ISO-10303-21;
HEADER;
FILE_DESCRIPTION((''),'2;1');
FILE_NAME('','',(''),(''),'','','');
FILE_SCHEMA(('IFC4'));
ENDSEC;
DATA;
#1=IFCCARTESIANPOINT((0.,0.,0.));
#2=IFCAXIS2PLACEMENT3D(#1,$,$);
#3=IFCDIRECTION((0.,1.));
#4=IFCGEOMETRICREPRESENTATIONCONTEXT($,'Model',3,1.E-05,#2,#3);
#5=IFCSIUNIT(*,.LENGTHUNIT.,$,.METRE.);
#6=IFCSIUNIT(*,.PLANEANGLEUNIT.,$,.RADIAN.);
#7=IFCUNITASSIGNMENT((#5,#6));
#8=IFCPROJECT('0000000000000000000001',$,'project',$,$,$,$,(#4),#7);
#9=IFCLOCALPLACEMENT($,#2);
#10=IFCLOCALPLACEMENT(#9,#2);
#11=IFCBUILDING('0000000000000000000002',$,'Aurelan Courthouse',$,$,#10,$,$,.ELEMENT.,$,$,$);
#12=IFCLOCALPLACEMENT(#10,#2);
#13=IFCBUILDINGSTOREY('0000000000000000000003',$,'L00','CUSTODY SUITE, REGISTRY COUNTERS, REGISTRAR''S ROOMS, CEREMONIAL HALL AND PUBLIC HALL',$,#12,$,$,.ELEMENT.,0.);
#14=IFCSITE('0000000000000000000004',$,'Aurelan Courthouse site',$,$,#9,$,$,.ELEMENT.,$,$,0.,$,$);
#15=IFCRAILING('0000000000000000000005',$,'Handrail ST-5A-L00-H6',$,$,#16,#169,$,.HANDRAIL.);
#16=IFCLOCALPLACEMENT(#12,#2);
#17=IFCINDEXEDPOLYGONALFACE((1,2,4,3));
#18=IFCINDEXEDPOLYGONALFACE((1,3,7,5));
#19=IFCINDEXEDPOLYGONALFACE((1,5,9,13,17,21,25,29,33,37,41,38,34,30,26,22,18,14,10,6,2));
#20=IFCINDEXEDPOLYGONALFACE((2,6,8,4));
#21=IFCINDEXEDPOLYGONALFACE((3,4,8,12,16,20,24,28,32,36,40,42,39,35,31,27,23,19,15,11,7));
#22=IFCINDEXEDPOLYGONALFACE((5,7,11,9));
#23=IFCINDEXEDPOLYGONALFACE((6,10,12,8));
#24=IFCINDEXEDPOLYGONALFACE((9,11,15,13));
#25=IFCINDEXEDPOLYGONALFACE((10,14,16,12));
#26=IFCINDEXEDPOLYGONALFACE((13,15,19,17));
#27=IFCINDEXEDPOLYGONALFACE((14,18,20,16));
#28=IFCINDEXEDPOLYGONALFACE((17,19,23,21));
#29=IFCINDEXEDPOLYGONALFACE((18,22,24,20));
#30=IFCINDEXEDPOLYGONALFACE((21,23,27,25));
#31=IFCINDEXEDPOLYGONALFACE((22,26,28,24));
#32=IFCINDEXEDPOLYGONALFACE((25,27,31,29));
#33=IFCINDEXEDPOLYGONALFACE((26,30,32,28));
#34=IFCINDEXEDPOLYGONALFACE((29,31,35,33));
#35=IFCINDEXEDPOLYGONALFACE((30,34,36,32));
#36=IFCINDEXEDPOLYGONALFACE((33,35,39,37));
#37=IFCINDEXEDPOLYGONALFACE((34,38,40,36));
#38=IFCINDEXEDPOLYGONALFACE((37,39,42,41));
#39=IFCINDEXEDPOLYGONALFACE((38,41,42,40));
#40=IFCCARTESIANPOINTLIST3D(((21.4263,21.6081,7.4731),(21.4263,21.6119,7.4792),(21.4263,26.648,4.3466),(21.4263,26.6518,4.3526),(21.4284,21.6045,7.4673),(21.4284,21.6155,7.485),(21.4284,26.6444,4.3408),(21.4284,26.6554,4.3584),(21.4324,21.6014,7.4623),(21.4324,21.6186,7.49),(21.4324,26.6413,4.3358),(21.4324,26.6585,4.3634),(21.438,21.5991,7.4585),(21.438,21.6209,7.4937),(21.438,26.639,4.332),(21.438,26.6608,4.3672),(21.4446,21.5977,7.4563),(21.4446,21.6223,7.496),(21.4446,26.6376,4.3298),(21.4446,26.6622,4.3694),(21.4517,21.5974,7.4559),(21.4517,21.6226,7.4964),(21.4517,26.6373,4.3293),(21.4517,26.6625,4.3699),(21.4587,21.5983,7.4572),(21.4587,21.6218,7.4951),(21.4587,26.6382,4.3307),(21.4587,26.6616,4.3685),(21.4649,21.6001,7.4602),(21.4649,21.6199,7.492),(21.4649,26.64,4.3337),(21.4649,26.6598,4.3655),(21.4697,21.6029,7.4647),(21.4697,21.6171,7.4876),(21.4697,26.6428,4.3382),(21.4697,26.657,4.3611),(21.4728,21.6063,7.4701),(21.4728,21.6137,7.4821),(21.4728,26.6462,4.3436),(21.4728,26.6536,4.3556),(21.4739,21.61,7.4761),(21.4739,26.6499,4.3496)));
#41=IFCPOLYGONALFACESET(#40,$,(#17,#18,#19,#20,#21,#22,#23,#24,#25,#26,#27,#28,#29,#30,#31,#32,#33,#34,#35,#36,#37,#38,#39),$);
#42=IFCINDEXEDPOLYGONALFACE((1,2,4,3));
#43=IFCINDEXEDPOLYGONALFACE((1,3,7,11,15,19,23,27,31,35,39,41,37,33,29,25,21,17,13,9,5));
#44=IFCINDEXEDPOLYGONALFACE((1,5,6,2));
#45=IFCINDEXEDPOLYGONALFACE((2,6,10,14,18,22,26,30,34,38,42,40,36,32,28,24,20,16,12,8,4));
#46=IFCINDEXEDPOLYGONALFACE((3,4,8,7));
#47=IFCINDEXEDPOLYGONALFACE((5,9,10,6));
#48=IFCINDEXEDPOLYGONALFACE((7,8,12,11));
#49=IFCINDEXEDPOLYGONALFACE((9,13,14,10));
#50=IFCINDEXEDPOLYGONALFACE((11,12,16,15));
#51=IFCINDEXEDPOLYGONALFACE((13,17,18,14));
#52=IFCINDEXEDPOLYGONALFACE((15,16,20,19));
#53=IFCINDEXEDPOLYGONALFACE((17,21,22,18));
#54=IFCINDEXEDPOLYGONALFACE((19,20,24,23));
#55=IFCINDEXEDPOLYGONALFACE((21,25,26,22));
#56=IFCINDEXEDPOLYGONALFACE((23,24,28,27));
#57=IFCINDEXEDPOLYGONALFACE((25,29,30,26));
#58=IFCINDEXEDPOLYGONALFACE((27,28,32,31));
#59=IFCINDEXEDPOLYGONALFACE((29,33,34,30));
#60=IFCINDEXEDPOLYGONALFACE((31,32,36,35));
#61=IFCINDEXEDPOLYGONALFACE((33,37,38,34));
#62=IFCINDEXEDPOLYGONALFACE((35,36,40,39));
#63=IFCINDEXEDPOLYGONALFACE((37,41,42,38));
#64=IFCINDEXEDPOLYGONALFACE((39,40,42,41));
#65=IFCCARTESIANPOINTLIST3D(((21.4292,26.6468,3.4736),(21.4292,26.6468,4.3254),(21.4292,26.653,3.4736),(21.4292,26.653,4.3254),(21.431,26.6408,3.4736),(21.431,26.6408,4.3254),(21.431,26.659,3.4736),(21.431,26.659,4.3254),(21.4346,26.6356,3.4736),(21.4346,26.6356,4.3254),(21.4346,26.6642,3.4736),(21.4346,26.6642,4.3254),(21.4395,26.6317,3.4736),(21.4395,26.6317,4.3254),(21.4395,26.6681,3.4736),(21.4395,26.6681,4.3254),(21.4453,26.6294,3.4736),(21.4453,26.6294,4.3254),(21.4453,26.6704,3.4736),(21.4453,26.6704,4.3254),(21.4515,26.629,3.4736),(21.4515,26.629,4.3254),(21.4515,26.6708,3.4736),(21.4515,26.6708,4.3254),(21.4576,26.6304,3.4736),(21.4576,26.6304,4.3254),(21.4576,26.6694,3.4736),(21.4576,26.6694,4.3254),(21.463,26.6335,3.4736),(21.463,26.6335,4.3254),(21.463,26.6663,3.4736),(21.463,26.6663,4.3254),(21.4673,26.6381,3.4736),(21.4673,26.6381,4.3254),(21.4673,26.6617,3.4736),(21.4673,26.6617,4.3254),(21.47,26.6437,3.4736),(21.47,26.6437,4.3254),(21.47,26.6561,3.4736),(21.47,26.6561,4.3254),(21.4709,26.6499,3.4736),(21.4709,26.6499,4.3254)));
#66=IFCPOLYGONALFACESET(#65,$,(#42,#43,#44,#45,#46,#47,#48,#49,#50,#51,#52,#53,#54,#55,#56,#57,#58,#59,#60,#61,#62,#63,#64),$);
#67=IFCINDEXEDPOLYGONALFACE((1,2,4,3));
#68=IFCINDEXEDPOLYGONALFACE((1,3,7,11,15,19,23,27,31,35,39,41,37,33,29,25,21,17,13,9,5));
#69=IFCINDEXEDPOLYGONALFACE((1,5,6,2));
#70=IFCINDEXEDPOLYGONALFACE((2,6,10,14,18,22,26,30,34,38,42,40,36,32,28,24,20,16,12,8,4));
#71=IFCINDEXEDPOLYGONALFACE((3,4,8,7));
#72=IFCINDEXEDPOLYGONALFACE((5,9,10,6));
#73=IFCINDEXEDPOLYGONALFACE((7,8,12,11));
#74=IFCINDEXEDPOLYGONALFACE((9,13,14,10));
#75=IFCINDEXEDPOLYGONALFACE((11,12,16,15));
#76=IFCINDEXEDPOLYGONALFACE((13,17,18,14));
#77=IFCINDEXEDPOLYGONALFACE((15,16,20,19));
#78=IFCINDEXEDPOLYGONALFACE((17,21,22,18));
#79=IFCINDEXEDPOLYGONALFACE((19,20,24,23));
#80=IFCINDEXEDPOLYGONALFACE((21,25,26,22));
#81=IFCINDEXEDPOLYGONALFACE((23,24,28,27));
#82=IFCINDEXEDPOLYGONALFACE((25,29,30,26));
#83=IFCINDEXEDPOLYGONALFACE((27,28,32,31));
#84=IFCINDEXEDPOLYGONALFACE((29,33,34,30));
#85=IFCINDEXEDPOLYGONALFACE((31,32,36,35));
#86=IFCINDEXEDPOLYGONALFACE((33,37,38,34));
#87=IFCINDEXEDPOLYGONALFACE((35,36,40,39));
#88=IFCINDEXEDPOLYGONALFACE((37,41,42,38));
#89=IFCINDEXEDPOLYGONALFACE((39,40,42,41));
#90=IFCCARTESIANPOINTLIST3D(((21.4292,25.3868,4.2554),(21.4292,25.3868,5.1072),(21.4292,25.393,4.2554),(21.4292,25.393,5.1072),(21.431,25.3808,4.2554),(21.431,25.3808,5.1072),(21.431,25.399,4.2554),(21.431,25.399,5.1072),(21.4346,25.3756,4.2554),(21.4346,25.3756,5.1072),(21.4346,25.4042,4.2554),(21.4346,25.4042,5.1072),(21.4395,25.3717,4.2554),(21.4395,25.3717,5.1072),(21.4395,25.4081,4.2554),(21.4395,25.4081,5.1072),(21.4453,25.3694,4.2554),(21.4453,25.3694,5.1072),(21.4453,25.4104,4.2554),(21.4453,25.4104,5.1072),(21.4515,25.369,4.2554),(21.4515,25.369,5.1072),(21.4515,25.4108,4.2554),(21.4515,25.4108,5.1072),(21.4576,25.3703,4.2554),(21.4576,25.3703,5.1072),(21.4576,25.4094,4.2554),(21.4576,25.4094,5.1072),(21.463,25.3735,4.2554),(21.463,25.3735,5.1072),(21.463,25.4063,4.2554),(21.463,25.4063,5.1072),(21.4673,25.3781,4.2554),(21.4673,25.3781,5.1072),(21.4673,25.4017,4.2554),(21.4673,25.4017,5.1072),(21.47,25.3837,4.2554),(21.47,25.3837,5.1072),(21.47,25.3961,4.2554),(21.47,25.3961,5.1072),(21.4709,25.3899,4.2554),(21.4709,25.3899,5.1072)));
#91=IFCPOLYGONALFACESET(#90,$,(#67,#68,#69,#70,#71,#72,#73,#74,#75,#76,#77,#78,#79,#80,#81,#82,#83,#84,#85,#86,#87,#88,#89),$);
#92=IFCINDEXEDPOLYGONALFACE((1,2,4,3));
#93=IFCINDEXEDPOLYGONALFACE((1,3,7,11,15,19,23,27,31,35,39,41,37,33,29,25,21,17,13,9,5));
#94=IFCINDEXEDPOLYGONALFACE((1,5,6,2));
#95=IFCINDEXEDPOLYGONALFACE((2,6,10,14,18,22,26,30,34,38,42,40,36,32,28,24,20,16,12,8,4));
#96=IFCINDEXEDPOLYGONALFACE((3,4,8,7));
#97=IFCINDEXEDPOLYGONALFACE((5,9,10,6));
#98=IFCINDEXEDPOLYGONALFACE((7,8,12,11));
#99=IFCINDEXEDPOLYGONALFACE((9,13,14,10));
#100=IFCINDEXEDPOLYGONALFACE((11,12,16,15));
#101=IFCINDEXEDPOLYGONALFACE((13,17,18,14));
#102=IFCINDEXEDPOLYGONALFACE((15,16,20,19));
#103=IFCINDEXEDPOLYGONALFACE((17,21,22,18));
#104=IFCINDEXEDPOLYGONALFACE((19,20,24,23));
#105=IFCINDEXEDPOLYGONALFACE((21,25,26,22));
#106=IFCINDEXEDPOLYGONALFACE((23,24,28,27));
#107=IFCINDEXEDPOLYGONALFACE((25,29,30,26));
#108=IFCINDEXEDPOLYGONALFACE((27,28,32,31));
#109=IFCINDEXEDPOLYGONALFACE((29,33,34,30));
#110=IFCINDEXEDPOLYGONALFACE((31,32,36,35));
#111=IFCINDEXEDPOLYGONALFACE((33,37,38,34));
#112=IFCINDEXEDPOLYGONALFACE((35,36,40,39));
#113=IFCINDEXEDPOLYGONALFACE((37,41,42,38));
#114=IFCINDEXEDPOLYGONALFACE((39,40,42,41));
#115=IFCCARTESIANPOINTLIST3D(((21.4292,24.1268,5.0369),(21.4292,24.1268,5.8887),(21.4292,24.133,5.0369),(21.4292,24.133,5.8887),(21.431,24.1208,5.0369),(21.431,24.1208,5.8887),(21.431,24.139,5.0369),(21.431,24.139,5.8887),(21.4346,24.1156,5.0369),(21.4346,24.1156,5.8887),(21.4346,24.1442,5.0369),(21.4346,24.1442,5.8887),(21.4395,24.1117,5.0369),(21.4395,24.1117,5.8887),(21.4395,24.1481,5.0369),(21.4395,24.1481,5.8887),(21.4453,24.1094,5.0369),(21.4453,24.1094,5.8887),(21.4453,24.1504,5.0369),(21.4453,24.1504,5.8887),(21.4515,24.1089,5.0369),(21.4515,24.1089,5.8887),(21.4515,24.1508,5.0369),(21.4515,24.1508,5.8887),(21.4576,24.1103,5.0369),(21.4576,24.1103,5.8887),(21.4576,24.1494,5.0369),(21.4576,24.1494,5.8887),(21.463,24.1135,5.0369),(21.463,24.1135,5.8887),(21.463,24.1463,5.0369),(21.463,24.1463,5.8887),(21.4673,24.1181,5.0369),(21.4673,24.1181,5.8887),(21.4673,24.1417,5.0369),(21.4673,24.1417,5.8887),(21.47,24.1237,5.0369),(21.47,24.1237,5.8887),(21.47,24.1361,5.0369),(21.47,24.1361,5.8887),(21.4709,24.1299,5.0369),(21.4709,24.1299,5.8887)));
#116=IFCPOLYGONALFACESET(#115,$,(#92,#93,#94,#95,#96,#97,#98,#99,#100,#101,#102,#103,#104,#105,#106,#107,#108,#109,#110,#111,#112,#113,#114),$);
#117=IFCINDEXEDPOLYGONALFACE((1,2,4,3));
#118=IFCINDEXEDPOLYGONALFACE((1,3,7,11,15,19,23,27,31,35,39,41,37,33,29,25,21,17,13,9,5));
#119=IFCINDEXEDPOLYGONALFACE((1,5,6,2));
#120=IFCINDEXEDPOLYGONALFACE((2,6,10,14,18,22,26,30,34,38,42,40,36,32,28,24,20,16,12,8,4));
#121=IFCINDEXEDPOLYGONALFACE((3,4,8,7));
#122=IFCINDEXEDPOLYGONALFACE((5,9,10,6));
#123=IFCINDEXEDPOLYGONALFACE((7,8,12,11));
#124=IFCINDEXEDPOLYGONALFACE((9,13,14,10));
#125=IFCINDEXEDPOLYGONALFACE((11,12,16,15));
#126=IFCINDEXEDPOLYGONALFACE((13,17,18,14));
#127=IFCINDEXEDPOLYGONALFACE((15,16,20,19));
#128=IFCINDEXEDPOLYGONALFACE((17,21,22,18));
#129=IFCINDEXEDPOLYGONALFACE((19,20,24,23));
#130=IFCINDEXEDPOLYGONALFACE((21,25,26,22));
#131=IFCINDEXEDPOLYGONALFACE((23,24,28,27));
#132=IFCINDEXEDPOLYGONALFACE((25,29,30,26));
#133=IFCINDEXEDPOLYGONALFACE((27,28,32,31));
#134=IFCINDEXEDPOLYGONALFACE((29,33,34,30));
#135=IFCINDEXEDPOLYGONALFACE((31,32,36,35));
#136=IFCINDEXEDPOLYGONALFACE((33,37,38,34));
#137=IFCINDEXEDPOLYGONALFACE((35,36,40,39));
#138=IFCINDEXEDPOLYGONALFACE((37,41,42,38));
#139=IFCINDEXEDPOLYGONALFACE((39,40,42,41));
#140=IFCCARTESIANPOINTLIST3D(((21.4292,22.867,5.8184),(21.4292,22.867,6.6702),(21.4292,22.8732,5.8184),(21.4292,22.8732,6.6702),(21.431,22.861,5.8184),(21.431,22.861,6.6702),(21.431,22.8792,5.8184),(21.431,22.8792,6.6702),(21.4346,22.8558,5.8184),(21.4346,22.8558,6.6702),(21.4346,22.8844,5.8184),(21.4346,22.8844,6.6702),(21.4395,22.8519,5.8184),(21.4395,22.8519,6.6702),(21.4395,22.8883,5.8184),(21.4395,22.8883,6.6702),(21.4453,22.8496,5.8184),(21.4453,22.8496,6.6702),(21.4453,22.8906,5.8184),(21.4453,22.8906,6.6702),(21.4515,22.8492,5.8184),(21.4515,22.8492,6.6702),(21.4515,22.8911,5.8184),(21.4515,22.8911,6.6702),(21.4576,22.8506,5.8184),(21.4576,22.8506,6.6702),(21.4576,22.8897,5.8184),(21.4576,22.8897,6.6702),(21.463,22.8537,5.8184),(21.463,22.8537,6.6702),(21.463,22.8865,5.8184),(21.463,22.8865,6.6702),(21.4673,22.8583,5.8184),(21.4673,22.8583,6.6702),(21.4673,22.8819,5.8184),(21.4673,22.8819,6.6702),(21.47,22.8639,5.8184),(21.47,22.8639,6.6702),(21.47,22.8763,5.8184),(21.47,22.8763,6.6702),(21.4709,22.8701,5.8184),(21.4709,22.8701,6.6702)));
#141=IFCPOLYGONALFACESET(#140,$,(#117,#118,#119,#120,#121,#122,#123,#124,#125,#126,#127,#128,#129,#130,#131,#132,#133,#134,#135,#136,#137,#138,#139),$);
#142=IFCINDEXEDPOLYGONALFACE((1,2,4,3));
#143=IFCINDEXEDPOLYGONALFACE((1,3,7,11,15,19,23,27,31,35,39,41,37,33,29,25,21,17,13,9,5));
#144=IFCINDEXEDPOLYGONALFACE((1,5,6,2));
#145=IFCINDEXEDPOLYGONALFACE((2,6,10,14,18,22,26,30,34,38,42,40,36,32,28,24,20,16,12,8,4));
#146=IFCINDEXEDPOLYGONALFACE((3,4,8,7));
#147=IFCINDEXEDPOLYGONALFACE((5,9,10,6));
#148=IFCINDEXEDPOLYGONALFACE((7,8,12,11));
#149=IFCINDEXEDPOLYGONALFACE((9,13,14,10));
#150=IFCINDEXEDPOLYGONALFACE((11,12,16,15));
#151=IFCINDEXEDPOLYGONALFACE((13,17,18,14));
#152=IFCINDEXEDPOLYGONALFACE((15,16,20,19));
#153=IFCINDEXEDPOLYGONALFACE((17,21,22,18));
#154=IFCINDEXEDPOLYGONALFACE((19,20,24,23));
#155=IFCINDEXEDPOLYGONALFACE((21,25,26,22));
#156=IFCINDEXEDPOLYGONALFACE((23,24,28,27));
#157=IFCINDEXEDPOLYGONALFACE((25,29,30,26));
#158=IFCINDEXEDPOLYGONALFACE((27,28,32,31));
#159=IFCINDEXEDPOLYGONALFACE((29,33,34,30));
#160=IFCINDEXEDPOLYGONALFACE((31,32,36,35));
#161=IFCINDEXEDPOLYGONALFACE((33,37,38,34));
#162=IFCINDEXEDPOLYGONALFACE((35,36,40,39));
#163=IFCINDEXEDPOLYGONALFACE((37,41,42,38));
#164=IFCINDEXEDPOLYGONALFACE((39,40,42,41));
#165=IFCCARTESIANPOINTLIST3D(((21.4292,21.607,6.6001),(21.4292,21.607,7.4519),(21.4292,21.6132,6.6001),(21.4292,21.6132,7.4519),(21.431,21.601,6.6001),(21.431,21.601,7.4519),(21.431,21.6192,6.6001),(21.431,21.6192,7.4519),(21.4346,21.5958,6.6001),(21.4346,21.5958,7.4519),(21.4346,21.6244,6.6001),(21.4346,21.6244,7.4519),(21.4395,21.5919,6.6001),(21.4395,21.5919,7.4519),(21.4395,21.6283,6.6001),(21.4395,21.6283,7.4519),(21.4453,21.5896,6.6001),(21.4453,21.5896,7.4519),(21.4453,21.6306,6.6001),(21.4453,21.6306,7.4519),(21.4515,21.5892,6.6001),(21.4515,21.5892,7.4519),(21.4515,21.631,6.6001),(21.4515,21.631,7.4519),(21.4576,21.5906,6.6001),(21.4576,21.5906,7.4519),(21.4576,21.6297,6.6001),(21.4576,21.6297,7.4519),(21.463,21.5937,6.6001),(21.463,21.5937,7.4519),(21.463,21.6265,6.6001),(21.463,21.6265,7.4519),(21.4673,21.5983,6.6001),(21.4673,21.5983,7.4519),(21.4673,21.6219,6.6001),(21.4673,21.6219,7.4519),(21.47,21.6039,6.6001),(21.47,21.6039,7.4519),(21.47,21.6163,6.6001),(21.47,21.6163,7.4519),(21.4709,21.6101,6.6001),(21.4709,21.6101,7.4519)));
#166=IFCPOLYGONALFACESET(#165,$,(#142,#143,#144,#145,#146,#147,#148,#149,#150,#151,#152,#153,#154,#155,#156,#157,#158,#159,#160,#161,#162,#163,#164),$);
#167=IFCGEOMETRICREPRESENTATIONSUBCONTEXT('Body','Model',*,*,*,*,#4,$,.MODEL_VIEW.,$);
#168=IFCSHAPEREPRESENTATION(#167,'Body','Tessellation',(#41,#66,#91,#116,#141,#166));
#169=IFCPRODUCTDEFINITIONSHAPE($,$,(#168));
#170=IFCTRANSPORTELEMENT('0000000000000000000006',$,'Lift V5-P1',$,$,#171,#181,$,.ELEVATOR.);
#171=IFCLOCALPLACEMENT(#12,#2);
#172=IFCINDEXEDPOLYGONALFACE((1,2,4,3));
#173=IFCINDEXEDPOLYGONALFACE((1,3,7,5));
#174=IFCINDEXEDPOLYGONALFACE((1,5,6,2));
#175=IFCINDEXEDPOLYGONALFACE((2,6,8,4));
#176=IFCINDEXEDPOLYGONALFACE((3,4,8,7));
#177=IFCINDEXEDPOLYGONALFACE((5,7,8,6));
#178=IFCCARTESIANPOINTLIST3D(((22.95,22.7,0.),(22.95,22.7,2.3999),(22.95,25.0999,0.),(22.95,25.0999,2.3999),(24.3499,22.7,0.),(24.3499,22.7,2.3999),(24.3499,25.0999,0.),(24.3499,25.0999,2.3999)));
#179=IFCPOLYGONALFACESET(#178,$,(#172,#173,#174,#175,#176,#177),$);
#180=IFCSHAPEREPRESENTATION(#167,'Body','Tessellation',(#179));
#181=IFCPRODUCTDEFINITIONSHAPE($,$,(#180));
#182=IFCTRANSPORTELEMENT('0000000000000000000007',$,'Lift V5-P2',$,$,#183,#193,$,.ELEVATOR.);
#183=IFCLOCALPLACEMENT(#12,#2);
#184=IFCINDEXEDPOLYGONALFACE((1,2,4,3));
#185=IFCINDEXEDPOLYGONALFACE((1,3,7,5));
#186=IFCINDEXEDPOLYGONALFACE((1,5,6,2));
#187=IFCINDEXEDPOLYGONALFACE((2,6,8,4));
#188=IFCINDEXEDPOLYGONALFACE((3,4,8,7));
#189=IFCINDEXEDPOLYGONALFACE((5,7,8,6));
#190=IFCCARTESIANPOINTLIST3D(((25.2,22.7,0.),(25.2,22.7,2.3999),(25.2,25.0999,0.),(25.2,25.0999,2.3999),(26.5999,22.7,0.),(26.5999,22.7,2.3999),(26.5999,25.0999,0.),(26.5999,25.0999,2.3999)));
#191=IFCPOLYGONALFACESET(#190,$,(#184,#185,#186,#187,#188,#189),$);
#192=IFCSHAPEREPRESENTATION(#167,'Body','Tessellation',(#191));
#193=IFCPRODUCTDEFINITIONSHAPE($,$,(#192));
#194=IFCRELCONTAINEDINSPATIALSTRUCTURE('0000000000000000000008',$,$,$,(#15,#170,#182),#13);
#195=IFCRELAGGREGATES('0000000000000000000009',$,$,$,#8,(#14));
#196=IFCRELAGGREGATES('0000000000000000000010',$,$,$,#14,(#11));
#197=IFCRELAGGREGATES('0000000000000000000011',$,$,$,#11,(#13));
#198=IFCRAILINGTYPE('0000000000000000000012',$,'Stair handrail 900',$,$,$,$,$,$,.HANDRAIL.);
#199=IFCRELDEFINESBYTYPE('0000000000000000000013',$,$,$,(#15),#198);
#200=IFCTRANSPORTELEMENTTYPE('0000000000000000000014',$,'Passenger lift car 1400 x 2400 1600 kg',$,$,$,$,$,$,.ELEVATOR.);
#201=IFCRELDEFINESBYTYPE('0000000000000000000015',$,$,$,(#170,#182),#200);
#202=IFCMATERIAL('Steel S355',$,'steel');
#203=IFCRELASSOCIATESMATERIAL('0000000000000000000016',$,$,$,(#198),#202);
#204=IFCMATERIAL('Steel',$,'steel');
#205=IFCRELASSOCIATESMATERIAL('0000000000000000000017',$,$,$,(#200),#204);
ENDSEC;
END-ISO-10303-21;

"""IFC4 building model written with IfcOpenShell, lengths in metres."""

from ifc_helpers import new_model, si_unit, direction, frame, origin, origin_2d, place, context, subcontext, project, spatial, rectangle, circle, extrude, material, type_object, element, save


model = new_model("IFC4")

# Units and contexts
model_context = context("Model", 3, precision=1e-05, world=origin(), true_north=direction((0.0, 1.0)))
body_context = subcontext(model_context, "Body", "Model", "MODEL_VIEW")
ifc_project = project(units=[si_unit("LENGTHUNIT", "METRE"), si_unit("PLANEANGLEUNIT", "RADIAN")], contexts=[model_context])

# Site, building, storey
site_placement = place(None, origin())
site = spatial("IfcSite", under=ifc_project, at=site_placement, Name="Aurelan Courthouse site", CompositionType="ELEMENT", RefElevation=0.0)
building_placement = place(site_placement, origin())
building = spatial("IfcBuilding", under=site, at=building_placement, Name="Aurelan Courthouse", CompositionType="ELEMENT")
storey_placement = place(building_placement, origin())
storey = spatial("IfcBuildingStorey", under=building, at=storey_placement, Name="L00", Description="CUSTODY SUITE, REGISTRY COUNTERS, REGISTRAR'S ROOMS, CEREMONIAL HALL AND PUBLIC HALL", CompositionType="ELEMENT", Elevation=0.0)

# Shared definitions
ifc_material_1 = material(Name="Steel", Category="steel")

# Railing
ifc_material_2 = material(Name="Steel S355", Category="steel")
railing_type_1 = type_object("IfcRailingType", Name="Stair handrail 900", PredefinedType="HANDRAIL", material=ifc_material_2)
for number, where, name in (
    (1, (21.45, 26.6499, 3.4736), "Handrail ST-5A-L00-H6"),
):
    element("IfcRailing", number, at=place(storey_placement, frame(where)), inside=storey, type_object=railing_type_1, Name=name, PredefinedType="HANDRAIL", context=body_context, shape_type="SweptSolid", body=[
        extrude(circle(Radius=0.0239, at=origin_2d()), frame((0.0, 0.0, 0.876), z_axis=(0.0, -0.849767, 0.527158), x_axis=(1.0, 0.0, 0.0)), (0.0, 0.0, 1.0), 5.9309),
        extrude(circle(Radius=0.021, at=origin_2d()), origin(), (0.0, 0.0, 1.0), 0.8518),
        extrude(circle(Radius=0.021, at=origin_2d()), frame((0.0, -1.26, 0.7817)), (0.0, 0.0, 1.0), 0.8518),
        extrude(circle(Radius=0.021, at=origin_2d()), frame((0.0, -2.52, 1.5632)), (0.0, 0.0, 1.0), 0.8518),
        extrude(circle(Radius=0.021, at=origin_2d()), frame((0.0, -3.7798, 2.3447)), (0.0, 0.0, 1.0), 0.8518),
        extrude(circle(Radius=0.021, at=origin_2d()), frame((0.0, -5.0398, 3.1265)), (0.0, 0.0, 1.0), 0.8518),
    ])

# Transport elements
transport_element_type = type_object("IfcTransportElementType", Name="Passenger lift car 1400 x 2400 1600 kg", PredefinedType="ELEVATOR", material=ifc_material_1)
for number, where, z_axis, x_axis, name in (
    (2, (23.6499, 23.8999, 0.0), (0.0, 0.0, 1.0), (1.0, 0.0, 0.0), "Lift V5-P1"),
    (3, (25.8999, 23.8999, 0.0), (0.0, 0.0, 1.0), (1.0, 0.0, 0.0), "Lift V5-P2"),
):
    element("IfcTransportElement", number, at=place(storey_placement, frame(where, z_axis=z_axis, x_axis=x_axis)), inside=storey, type_object=transport_element_type, Name=name, PredefinedType="ELEVATOR", context=body_context, shape_type="SweptSolid", body=[
        extrude(rectangle(XDim=1.3999, YDim=2.3999, at=origin_2d()), origin(), (0.0, 0.0, 1.0), 2.3999),
    ])

save(model, "model.ifc")
